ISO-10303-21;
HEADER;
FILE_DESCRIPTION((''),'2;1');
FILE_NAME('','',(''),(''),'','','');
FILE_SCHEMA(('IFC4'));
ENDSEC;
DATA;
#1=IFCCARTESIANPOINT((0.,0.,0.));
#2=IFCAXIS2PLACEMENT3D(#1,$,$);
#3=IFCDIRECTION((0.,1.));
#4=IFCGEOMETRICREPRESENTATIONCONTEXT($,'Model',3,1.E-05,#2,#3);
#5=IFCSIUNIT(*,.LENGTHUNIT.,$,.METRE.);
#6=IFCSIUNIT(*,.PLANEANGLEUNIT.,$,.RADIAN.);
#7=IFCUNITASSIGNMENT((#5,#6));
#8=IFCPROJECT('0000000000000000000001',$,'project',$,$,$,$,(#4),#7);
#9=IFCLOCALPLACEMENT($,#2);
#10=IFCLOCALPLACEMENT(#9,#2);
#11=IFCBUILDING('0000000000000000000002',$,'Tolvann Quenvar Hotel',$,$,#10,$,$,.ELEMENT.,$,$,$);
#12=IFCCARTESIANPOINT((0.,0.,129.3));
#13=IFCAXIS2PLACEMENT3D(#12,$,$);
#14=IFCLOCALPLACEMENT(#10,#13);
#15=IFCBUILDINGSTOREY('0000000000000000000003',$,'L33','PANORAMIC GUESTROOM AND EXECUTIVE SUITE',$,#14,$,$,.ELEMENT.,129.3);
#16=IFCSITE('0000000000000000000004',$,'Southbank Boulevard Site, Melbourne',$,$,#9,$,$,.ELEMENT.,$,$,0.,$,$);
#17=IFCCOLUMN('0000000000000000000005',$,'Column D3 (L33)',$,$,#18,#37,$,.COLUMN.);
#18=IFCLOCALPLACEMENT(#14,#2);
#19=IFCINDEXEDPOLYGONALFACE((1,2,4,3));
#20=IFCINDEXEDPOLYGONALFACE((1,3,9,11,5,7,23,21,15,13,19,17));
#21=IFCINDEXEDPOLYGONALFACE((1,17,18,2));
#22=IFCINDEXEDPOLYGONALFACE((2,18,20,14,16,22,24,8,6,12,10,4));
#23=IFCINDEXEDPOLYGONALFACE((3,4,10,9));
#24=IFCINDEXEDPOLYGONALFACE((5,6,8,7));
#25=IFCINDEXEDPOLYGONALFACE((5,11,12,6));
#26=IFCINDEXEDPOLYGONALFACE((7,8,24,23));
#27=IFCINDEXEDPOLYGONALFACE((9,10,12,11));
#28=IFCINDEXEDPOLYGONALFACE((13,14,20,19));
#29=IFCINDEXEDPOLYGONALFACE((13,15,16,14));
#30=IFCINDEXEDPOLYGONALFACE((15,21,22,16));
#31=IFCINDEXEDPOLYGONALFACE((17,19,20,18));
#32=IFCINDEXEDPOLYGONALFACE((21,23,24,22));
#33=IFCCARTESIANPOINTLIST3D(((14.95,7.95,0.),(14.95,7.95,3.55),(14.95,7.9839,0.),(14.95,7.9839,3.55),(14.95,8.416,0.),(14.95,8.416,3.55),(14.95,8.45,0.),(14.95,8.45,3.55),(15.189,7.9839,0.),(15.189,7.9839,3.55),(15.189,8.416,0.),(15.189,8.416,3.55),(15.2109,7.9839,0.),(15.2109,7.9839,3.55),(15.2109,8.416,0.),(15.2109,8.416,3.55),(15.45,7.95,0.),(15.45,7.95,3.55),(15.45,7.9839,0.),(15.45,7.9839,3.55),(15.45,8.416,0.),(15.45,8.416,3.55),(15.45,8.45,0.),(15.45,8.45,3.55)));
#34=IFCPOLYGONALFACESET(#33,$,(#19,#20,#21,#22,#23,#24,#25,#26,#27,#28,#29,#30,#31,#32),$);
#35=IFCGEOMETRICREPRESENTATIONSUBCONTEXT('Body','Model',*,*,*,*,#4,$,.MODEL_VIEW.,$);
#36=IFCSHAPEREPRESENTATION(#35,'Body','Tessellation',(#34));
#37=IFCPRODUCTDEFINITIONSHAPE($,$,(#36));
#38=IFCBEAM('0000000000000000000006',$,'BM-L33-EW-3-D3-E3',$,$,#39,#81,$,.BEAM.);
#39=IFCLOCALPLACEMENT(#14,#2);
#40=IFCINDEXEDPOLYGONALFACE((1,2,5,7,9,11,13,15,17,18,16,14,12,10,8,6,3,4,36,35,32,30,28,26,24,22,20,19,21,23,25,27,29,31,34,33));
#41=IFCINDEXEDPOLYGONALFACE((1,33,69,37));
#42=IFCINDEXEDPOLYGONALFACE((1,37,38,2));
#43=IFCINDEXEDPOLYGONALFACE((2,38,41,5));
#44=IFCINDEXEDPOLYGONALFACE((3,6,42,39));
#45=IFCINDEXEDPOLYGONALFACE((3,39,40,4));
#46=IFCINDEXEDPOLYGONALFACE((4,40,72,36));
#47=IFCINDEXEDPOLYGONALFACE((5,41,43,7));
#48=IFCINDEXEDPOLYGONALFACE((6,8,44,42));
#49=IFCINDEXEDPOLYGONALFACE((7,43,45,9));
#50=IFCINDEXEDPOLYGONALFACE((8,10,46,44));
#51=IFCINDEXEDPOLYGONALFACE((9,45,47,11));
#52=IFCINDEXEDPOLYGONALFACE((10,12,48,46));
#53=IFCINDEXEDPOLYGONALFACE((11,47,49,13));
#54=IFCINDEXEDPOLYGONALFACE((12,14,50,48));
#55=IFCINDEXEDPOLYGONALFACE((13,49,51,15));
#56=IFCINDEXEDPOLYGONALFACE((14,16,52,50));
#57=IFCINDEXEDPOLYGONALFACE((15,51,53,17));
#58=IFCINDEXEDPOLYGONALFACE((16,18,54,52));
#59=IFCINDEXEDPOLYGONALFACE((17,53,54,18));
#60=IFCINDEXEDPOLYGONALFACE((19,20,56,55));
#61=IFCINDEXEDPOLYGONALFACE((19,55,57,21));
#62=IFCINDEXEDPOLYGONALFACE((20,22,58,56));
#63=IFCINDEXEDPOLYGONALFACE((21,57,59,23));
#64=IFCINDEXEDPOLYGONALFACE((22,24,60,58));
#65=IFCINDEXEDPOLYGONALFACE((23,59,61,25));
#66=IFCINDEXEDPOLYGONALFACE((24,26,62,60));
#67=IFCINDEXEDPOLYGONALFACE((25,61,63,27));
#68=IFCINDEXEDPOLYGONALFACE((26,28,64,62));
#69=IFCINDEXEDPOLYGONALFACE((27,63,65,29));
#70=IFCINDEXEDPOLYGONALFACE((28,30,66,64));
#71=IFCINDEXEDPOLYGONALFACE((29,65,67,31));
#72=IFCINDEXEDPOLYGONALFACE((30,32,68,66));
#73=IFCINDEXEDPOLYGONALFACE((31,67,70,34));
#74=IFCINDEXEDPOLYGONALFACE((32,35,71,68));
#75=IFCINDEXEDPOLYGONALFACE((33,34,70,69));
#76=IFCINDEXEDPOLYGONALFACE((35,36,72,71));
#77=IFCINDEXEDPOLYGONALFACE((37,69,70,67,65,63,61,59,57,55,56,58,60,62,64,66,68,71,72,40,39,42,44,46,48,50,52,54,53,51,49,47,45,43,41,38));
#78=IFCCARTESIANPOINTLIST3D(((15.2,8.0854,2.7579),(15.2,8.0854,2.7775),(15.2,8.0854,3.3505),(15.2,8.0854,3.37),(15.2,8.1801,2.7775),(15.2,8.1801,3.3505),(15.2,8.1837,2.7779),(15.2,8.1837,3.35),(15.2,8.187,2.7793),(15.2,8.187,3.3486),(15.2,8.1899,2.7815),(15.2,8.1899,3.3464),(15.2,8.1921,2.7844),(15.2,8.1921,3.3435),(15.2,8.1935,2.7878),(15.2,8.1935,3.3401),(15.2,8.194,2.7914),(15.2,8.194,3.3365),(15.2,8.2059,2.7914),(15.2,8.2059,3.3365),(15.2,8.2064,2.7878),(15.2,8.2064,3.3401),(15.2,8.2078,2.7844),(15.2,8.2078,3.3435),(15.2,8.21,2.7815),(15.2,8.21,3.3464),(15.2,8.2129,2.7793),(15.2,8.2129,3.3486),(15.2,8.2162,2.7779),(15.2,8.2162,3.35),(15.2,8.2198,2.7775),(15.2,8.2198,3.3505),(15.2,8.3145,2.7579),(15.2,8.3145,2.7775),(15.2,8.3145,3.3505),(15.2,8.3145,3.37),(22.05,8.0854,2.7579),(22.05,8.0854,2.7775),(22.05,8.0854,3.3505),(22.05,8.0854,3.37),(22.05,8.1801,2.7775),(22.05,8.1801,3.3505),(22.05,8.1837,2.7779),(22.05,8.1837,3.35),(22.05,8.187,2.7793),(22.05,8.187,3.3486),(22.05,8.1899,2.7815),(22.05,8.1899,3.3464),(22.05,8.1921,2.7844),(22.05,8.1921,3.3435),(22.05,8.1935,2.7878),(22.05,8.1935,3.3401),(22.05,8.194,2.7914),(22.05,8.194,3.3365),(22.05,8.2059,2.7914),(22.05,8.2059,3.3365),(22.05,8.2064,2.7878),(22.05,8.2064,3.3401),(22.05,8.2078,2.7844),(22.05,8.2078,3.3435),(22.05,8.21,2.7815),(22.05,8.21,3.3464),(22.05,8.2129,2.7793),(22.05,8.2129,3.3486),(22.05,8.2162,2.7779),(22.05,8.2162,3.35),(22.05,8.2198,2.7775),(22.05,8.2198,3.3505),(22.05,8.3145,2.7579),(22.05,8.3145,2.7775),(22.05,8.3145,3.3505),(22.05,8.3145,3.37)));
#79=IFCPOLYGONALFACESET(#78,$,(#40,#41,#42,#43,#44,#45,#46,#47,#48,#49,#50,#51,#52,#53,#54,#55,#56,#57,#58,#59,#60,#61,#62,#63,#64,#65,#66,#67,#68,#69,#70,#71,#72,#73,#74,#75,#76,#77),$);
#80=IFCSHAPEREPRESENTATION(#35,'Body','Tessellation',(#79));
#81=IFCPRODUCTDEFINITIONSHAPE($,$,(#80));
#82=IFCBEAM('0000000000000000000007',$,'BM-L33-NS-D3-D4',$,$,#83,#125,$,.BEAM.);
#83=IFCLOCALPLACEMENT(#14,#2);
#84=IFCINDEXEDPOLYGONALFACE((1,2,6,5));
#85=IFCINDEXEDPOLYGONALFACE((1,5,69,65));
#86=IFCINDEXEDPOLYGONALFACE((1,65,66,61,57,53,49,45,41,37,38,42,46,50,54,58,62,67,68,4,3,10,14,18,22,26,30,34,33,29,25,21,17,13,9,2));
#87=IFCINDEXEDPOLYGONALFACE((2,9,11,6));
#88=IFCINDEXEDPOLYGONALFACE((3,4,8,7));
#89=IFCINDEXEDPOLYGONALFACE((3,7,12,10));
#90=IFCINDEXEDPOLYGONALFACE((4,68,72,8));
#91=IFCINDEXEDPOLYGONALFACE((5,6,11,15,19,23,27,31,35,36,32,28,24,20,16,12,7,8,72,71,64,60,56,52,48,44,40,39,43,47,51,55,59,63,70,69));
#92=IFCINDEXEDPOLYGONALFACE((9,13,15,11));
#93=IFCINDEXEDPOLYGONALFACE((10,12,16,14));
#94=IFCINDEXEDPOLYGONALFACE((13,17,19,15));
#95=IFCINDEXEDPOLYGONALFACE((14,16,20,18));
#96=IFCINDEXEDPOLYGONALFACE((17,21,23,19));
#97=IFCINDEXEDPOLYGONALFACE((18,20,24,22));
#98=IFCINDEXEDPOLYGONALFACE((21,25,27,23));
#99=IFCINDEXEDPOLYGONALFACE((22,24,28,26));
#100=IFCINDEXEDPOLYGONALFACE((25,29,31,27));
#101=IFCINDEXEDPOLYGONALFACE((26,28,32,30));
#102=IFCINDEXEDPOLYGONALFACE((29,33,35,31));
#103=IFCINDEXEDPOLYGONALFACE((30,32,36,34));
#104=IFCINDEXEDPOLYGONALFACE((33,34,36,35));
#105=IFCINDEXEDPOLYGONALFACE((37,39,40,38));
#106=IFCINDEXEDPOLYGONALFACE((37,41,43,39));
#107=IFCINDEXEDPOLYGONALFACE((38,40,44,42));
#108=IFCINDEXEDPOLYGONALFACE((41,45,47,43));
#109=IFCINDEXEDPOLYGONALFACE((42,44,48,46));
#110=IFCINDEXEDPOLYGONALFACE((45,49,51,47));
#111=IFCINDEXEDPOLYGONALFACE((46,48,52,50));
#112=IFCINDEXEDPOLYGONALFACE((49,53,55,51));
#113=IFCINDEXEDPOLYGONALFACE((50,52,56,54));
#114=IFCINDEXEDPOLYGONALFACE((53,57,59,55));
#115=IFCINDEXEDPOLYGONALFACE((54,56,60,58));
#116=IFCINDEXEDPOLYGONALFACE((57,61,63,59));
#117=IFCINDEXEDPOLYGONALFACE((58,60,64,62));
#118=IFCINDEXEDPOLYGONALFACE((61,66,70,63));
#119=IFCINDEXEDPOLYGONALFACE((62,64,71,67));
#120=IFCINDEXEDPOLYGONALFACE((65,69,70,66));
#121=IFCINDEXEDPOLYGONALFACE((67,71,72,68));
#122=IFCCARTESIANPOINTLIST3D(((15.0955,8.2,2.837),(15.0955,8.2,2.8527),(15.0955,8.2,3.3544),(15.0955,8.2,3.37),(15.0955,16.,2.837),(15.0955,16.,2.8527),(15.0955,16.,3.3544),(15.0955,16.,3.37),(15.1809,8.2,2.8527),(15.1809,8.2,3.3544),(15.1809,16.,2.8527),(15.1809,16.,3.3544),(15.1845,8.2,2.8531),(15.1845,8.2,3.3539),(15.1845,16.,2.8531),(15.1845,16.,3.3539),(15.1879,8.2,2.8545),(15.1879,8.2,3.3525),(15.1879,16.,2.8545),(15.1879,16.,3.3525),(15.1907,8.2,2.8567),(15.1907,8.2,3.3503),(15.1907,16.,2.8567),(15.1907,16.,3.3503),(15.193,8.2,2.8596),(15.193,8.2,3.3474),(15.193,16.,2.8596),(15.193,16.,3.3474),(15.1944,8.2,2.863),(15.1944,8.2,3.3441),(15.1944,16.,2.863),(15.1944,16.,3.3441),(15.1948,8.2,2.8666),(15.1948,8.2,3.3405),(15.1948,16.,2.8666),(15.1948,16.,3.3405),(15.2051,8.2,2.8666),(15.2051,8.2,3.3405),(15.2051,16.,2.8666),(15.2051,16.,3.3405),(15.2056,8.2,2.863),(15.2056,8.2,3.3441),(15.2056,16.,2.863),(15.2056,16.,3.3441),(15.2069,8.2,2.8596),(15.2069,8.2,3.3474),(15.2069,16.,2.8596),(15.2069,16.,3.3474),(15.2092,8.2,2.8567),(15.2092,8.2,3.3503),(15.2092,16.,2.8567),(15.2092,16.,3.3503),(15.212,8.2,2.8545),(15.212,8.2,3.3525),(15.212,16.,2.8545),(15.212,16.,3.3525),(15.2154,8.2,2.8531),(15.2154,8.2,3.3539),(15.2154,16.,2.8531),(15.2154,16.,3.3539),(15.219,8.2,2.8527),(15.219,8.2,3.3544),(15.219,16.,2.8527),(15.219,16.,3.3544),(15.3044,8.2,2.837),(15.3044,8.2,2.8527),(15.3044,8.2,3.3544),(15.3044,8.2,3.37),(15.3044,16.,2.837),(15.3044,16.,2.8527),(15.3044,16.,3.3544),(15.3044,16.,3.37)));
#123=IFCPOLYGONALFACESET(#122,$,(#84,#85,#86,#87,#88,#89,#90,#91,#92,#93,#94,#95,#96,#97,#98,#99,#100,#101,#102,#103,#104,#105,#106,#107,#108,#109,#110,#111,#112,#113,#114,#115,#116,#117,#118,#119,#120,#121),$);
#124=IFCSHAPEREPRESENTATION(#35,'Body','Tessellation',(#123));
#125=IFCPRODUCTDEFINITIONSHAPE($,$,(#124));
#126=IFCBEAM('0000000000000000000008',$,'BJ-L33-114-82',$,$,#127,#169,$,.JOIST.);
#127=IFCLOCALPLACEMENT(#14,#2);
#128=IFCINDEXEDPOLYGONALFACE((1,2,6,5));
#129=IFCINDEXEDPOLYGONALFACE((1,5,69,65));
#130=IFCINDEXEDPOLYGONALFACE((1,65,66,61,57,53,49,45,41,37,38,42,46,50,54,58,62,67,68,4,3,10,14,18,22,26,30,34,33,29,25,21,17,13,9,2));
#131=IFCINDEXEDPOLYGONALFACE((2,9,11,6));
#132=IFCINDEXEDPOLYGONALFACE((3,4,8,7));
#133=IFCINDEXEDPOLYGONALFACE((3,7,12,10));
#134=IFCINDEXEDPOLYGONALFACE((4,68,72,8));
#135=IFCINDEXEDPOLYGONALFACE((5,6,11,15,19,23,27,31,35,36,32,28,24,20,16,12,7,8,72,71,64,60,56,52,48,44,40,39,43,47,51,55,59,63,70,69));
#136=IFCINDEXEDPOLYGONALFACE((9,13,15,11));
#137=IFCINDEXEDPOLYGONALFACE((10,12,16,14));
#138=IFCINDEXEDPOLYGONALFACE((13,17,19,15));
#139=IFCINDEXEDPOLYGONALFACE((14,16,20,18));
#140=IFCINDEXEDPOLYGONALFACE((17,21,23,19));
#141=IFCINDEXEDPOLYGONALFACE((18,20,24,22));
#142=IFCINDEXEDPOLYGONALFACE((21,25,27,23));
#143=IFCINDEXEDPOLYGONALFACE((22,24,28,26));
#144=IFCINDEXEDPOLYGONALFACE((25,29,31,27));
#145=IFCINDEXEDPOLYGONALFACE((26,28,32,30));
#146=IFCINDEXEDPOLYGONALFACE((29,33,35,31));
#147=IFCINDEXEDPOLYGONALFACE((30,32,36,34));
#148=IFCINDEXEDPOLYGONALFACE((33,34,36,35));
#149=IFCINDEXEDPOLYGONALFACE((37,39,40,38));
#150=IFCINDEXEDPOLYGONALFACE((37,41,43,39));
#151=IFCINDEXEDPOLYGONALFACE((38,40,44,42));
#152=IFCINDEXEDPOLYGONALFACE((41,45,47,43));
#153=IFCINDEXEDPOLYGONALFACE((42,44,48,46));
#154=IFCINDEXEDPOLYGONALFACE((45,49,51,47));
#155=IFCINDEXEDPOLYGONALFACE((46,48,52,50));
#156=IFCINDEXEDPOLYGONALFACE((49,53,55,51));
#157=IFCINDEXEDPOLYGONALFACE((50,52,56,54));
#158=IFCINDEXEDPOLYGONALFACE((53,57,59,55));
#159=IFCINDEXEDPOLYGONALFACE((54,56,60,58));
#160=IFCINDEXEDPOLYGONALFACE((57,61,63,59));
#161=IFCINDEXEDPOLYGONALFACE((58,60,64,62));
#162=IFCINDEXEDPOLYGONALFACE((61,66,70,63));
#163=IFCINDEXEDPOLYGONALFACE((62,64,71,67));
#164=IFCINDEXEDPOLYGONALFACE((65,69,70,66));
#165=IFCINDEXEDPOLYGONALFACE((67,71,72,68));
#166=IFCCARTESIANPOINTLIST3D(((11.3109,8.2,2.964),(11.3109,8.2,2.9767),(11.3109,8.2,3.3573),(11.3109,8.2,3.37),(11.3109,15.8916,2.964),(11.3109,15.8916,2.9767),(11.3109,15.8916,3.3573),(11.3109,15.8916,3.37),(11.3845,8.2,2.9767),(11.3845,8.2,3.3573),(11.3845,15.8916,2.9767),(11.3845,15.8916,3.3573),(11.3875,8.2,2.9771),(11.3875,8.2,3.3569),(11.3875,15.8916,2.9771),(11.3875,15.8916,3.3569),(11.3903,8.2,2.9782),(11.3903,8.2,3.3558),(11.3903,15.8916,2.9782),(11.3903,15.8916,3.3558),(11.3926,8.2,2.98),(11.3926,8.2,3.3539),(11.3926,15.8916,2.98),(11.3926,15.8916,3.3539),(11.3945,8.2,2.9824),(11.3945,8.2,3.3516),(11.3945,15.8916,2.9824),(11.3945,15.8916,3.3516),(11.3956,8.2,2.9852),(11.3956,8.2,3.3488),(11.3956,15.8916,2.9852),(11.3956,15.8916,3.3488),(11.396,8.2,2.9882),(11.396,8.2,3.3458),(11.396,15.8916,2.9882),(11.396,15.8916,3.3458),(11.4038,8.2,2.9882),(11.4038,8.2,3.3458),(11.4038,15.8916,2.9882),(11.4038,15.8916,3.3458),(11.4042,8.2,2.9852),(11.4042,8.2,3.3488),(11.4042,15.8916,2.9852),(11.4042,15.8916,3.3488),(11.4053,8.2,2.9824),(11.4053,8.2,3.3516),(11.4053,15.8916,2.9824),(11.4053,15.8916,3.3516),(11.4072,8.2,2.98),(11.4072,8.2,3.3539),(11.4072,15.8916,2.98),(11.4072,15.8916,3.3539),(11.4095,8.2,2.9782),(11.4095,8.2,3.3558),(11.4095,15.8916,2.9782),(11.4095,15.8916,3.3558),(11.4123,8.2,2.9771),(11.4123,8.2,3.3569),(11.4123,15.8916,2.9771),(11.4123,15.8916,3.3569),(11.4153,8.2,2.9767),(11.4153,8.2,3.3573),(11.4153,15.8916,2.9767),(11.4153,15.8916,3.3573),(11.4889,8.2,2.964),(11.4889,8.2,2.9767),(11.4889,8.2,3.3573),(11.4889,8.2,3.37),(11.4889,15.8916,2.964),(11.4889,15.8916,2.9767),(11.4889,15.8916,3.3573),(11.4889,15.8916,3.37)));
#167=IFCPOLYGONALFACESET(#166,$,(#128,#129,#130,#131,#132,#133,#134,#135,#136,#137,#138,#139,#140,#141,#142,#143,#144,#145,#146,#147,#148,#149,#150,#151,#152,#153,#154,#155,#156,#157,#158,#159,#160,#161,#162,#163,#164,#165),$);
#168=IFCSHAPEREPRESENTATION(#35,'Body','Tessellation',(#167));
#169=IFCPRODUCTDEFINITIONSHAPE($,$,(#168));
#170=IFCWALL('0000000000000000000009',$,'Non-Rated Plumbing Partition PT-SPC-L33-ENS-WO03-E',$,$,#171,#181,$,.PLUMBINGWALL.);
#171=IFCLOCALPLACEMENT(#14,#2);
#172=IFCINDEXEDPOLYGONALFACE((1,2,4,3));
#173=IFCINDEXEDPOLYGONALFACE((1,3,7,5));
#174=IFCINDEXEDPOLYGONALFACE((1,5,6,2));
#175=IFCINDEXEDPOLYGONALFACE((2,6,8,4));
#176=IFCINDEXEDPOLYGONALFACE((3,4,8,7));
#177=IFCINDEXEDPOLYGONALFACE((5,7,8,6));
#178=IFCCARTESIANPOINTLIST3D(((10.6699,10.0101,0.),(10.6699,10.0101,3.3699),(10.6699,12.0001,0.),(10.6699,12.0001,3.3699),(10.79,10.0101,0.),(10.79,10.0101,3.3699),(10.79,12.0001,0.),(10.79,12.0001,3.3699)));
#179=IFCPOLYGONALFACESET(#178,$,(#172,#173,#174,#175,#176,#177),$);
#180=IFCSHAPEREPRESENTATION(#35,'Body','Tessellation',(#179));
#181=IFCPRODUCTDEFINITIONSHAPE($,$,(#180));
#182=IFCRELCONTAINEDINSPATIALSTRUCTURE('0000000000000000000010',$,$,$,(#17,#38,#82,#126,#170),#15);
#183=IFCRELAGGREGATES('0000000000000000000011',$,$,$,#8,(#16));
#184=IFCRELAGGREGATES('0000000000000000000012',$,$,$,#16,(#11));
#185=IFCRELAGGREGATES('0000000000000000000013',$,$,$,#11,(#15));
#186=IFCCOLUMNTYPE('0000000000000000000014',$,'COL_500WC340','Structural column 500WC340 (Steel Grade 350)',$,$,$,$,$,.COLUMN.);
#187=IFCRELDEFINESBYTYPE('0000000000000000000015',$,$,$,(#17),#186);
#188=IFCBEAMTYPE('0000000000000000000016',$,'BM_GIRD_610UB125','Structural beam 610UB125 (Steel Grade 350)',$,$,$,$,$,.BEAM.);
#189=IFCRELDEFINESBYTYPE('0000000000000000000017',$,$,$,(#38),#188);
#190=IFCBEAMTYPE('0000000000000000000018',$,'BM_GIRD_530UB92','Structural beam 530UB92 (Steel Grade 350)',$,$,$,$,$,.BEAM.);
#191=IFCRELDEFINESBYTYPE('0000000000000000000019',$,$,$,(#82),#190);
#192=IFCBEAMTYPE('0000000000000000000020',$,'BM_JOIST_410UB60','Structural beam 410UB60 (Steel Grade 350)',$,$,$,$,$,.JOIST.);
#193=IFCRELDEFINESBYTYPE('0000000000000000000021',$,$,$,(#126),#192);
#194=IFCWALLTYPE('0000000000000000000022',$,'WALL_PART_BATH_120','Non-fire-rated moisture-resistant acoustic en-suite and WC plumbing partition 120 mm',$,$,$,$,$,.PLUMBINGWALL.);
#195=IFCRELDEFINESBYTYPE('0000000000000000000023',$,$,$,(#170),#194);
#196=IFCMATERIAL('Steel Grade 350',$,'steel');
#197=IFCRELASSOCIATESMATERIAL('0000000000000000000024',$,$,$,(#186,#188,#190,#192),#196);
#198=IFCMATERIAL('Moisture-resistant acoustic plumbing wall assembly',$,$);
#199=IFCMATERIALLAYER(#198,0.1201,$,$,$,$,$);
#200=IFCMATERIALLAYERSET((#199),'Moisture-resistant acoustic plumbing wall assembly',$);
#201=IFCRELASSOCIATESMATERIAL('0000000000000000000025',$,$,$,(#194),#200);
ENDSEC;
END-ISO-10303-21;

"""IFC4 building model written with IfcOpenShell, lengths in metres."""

from ifc_helpers import new_model, si_unit, direction, frame, frame_2d, origin, origin_2d, place, context, subcontext, project, spatial, rectangle, i_section, extrude, source, transform, mapped, material, layer, layer_set, material_profile, profile_set, type_object, type_shapes, element, save


model = new_model("IFC4")

# Units and contexts
model_context = context("Model", 3, precision=1e-05, world=origin(), true_north=direction((0.0, 1.0)))
body_context = subcontext(model_context, "Body", "Model", "MODEL_VIEW")
ifc_project = project(units=[si_unit("LENGTHUNIT", "METRE"), si_unit("PLANEANGLEUNIT", "RADIAN")], contexts=[model_context])

# Site, building, storey
site_placement = place(None, origin())
site = spatial("IfcSite", under=ifc_project, at=site_placement, Name="Southbank Boulevard Site, Melbourne", CompositionType="ELEMENT", RefElevation=0.0)
building_placement = place(site_placement, origin())
building = spatial("IfcBuilding", under=site, at=building_placement, Name="Tolvann Quenvar Hotel", CompositionType="ELEMENT")
storey_placement = place(building_placement, frame((0.0, 0.0, 129.3)))
storey = spatial("IfcBuildingStorey", under=building, at=storey_placement, Name="L33", Description="PANORAMIC GUESTROOM AND EXECUTIVE SUITE", CompositionType="ELEMENT", Elevation=129.3)

# Column
ifc_material_1 = material(Name="Steel Grade 350", Category="steel")
ifc_material_profile_1 = material_profile(ifc_material_1, i_section(OverallWidth=0.5, OverallDepth=0.5, WebThickness=0.022, FlangeThickness=0.0339, at=origin_2d()), Name="500WC340")
ifc_profile_set_1 = profile_set([ifc_material_profile_1], Name="Steel Grade 350")
column_type = type_object("IfcColumnType", Name="COL_500WC340", Description="Structural column 500WC340 (Steel Grade 350)", PredefinedType="COLUMN", material=ifc_profile_set_1)
shared_shape_1 = source(origin(), body_context, "Body", "SweptSolid", [
    extrude(i_section(OverallWidth=0.5, OverallDepth=0.5, WebThickness=0.022, FlangeThickness=0.0339, at=origin_2d()), origin(), (0.0, 0.0, 1.0), 3.55),
])
type_shapes(column_type, [shared_shape_1])
column_placement = place(storey_placement, frame((15.2, 8.2, 0.0), z_axis=(0.0, 0.0, 1.0), x_axis=(1.0, 0.0, 0.0)))
element("IfcColumn", 1, at=column_placement, inside=storey, type_object=column_type, Name="Column D3 (L33)", PredefinedType="COLUMN", context=body_context, shape_type="MappedRepresentation", body=[
    mapped(shared_shape_1, transform((0.0, 0.0, 0.0), x_axis=(1.0, 0.0, 0.0), y_axis=(0.0, 1.0, 0.0), z_axis=(0.0, 0.0, 1.0), scale=1.0)),
])

# Beams
ifc_material_profile_2 = material_profile(ifc_material_1, i_section(OverallWidth=0.229, OverallDepth=0.6121, WebThickness=0.012, FlangeThickness=0.0195, FilletRadius=0.0139, at=origin_2d()), Name="610UB125")
ifc_profile_set_2 = profile_set([ifc_material_profile_2], Name="Steel Grade 350")
beam_type_1 = type_object("IfcBeamType", Name="BM_GIRD_610UB125", Description="Structural beam 610UB125 (Steel Grade 350)", PredefinedType="BEAM", material=ifc_profile_set_2)
shared_shape_2 = source(origin(), body_context, "Body", "SweptSolid", [
    extrude(i_section(OverallWidth=0.229, OverallDepth=0.6121, WebThickness=0.012, FlangeThickness=0.0195, FilletRadius=0.0139, at=origin_2d()), origin(), (0.0, 0.0, 1.0), 6.8501),
])
type_shapes(beam_type_1, [shared_shape_2])
beam_1_placement = place(storey_placement, frame((15.2, 8.2, 3.064), z_axis=(1.0, 0.0, 0.0), x_axis=(0.0, 1.0, 0.0)))
element("IfcBeam", 2, at=beam_1_placement, inside=storey, type_object=beam_type_1, Name="BM-L33-EW-3-D3-E3", PredefinedType="BEAM", context=body_context, shape_type="MappedRepresentation", body=[
    mapped(shared_shape_2, transform((0.0, 0.0, 0.0), x_axis=(1.0, 0.0, 0.0), y_axis=(0.0, 1.0, 0.0), z_axis=(0.0, 0.0, 1.0), scale=1.0)),
])
ifc_material_profile_3 = material_profile(ifc_material_1, i_section(OverallWidth=0.209, OverallDepth=0.533, WebThickness=0.0103, FlangeThickness=0.0156, FilletRadius=0.0139, at=origin_2d()), Name="530UB92")
ifc_profile_set_3 = profile_set([ifc_material_profile_3], Name="Steel Grade 350")
beam_type_2 = type_object("IfcBeamType", Name="BM_GIRD_530UB92", Description="Structural beam 530UB92 (Steel Grade 350)", PredefinedType="BEAM", material=ifc_profile_set_3)
shared_shape_3 = source(origin(), body_context, "Body", "SweptSolid", [
    extrude(i_section(OverallWidth=0.209, OverallDepth=0.533, WebThickness=0.0103, FlangeThickness=0.0156, FilletRadius=0.0139, at=origin_2d()), origin(), (0.0, 0.0, 1.0), 7.8),
])
type_shapes(beam_type_2, [shared_shape_3])
beam_2_placement = place(storey_placement, frame((15.2, 8.2, 3.1035), z_axis=(0.0, 1.0, 0.0), x_axis=(-1.0, 0.0, 0.0)))
element("IfcBeam", 3, at=beam_2_placement, inside=storey, type_object=beam_type_2, Name="BM-L33-NS-D3-D4", PredefinedType="BEAM", context=body_context, shape_type="MappedRepresentation", body=[
    mapped(shared_shape_3, transform((0.0, 0.0, 0.0), x_axis=(1.0, 0.0, 0.0), y_axis=(0.0, 1.0, 0.0), z_axis=(0.0, 0.0, 1.0), scale=1.0)),
])
ifc_material_profile_4 = material_profile(ifc_material_1, i_section(OverallWidth=0.178, OverallDepth=0.406, WebThickness=0.0078, FlangeThickness=0.0127, FilletRadius=0.0115, at=origin_2d()), Name="410UB60")
ifc_profile_set_4 = profile_set([ifc_material_profile_4], Name="Steel Grade 350")
beam_type_3 = type_object("IfcBeamType", Name="BM_JOIST_410UB60", Description="Structural beam 410UB60 (Steel Grade 350)", PredefinedType="JOIST", material=ifc_profile_set_4)
shared_shape_4 = source(origin(), body_context, "Body", "SweptSolid", [
    extrude(i_section(OverallWidth=0.178, OverallDepth=0.406, WebThickness=0.0078, FlangeThickness=0.0127, FilletRadius=0.0115, at=origin_2d()), origin(), (0.0, 0.0, 1.0), 7.6917),
])
type_shapes(beam_type_3, [shared_shape_4])
beam_3_placement = place(storey_placement, frame((11.3999, 8.2, 3.167), z_axis=(0.0, 1.0, 0.0), x_axis=(-1.0, 0.0, 0.0)))
element("IfcBeam", 4, at=beam_3_placement, inside=storey, type_object=beam_type_3, Name="BJ-L33-114-82", PredefinedType="JOIST", context=body_context, shape_type="MappedRepresentation", body=[
    mapped(shared_shape_4, transform((0.0, 0.0, 0.0), x_axis=(1.0, 0.0, 0.0), y_axis=(0.0, 1.0, 0.0), z_axis=(0.0, 0.0, 1.0), scale=1.0)),
])

# Wall
ifc_material_2 = material(Name="Moisture-resistant acoustic plumbing wall assembly")
ifc_layer_1 = layer(ifc_material_2, 0.1201)
ifc_layer_set_1 = layer_set([ifc_layer_1], Name="Moisture-resistant acoustic plumbing wall assembly")
wall_type_1 = type_object("IfcWallType", Name="WALL_PART_BATH_120", Description="Non-fire-rated moisture-resistant acoustic en-suite and WC plumbing partition 120 mm", PredefinedType="PLUMBINGWALL", material=ifc_layer_set_1)
wall_1_placement = place(storey_placement, frame((10.73, 10.01, 0.0), z_axis=(0.0, 0.0, 1.0), x_axis=(0.0, 1.0, 0.0)))
element("IfcWall", 5, at=wall_1_placement, inside=storey, type_object=wall_type_1, Name="Non-Rated Plumbing Partition PT-SPC-L33-ENS-WO03-E", PredefinedType="PLUMBINGWALL", context=body_context, shape_type="SweptSolid", body=[
    extrude(rectangle(XDim=1.99, YDim=0.1201, at=frame_2d((0.9951, 0.0))), origin(), (0.0, 0.0, 1.0), 3.3699),
])

save(model, "model.ifc")
